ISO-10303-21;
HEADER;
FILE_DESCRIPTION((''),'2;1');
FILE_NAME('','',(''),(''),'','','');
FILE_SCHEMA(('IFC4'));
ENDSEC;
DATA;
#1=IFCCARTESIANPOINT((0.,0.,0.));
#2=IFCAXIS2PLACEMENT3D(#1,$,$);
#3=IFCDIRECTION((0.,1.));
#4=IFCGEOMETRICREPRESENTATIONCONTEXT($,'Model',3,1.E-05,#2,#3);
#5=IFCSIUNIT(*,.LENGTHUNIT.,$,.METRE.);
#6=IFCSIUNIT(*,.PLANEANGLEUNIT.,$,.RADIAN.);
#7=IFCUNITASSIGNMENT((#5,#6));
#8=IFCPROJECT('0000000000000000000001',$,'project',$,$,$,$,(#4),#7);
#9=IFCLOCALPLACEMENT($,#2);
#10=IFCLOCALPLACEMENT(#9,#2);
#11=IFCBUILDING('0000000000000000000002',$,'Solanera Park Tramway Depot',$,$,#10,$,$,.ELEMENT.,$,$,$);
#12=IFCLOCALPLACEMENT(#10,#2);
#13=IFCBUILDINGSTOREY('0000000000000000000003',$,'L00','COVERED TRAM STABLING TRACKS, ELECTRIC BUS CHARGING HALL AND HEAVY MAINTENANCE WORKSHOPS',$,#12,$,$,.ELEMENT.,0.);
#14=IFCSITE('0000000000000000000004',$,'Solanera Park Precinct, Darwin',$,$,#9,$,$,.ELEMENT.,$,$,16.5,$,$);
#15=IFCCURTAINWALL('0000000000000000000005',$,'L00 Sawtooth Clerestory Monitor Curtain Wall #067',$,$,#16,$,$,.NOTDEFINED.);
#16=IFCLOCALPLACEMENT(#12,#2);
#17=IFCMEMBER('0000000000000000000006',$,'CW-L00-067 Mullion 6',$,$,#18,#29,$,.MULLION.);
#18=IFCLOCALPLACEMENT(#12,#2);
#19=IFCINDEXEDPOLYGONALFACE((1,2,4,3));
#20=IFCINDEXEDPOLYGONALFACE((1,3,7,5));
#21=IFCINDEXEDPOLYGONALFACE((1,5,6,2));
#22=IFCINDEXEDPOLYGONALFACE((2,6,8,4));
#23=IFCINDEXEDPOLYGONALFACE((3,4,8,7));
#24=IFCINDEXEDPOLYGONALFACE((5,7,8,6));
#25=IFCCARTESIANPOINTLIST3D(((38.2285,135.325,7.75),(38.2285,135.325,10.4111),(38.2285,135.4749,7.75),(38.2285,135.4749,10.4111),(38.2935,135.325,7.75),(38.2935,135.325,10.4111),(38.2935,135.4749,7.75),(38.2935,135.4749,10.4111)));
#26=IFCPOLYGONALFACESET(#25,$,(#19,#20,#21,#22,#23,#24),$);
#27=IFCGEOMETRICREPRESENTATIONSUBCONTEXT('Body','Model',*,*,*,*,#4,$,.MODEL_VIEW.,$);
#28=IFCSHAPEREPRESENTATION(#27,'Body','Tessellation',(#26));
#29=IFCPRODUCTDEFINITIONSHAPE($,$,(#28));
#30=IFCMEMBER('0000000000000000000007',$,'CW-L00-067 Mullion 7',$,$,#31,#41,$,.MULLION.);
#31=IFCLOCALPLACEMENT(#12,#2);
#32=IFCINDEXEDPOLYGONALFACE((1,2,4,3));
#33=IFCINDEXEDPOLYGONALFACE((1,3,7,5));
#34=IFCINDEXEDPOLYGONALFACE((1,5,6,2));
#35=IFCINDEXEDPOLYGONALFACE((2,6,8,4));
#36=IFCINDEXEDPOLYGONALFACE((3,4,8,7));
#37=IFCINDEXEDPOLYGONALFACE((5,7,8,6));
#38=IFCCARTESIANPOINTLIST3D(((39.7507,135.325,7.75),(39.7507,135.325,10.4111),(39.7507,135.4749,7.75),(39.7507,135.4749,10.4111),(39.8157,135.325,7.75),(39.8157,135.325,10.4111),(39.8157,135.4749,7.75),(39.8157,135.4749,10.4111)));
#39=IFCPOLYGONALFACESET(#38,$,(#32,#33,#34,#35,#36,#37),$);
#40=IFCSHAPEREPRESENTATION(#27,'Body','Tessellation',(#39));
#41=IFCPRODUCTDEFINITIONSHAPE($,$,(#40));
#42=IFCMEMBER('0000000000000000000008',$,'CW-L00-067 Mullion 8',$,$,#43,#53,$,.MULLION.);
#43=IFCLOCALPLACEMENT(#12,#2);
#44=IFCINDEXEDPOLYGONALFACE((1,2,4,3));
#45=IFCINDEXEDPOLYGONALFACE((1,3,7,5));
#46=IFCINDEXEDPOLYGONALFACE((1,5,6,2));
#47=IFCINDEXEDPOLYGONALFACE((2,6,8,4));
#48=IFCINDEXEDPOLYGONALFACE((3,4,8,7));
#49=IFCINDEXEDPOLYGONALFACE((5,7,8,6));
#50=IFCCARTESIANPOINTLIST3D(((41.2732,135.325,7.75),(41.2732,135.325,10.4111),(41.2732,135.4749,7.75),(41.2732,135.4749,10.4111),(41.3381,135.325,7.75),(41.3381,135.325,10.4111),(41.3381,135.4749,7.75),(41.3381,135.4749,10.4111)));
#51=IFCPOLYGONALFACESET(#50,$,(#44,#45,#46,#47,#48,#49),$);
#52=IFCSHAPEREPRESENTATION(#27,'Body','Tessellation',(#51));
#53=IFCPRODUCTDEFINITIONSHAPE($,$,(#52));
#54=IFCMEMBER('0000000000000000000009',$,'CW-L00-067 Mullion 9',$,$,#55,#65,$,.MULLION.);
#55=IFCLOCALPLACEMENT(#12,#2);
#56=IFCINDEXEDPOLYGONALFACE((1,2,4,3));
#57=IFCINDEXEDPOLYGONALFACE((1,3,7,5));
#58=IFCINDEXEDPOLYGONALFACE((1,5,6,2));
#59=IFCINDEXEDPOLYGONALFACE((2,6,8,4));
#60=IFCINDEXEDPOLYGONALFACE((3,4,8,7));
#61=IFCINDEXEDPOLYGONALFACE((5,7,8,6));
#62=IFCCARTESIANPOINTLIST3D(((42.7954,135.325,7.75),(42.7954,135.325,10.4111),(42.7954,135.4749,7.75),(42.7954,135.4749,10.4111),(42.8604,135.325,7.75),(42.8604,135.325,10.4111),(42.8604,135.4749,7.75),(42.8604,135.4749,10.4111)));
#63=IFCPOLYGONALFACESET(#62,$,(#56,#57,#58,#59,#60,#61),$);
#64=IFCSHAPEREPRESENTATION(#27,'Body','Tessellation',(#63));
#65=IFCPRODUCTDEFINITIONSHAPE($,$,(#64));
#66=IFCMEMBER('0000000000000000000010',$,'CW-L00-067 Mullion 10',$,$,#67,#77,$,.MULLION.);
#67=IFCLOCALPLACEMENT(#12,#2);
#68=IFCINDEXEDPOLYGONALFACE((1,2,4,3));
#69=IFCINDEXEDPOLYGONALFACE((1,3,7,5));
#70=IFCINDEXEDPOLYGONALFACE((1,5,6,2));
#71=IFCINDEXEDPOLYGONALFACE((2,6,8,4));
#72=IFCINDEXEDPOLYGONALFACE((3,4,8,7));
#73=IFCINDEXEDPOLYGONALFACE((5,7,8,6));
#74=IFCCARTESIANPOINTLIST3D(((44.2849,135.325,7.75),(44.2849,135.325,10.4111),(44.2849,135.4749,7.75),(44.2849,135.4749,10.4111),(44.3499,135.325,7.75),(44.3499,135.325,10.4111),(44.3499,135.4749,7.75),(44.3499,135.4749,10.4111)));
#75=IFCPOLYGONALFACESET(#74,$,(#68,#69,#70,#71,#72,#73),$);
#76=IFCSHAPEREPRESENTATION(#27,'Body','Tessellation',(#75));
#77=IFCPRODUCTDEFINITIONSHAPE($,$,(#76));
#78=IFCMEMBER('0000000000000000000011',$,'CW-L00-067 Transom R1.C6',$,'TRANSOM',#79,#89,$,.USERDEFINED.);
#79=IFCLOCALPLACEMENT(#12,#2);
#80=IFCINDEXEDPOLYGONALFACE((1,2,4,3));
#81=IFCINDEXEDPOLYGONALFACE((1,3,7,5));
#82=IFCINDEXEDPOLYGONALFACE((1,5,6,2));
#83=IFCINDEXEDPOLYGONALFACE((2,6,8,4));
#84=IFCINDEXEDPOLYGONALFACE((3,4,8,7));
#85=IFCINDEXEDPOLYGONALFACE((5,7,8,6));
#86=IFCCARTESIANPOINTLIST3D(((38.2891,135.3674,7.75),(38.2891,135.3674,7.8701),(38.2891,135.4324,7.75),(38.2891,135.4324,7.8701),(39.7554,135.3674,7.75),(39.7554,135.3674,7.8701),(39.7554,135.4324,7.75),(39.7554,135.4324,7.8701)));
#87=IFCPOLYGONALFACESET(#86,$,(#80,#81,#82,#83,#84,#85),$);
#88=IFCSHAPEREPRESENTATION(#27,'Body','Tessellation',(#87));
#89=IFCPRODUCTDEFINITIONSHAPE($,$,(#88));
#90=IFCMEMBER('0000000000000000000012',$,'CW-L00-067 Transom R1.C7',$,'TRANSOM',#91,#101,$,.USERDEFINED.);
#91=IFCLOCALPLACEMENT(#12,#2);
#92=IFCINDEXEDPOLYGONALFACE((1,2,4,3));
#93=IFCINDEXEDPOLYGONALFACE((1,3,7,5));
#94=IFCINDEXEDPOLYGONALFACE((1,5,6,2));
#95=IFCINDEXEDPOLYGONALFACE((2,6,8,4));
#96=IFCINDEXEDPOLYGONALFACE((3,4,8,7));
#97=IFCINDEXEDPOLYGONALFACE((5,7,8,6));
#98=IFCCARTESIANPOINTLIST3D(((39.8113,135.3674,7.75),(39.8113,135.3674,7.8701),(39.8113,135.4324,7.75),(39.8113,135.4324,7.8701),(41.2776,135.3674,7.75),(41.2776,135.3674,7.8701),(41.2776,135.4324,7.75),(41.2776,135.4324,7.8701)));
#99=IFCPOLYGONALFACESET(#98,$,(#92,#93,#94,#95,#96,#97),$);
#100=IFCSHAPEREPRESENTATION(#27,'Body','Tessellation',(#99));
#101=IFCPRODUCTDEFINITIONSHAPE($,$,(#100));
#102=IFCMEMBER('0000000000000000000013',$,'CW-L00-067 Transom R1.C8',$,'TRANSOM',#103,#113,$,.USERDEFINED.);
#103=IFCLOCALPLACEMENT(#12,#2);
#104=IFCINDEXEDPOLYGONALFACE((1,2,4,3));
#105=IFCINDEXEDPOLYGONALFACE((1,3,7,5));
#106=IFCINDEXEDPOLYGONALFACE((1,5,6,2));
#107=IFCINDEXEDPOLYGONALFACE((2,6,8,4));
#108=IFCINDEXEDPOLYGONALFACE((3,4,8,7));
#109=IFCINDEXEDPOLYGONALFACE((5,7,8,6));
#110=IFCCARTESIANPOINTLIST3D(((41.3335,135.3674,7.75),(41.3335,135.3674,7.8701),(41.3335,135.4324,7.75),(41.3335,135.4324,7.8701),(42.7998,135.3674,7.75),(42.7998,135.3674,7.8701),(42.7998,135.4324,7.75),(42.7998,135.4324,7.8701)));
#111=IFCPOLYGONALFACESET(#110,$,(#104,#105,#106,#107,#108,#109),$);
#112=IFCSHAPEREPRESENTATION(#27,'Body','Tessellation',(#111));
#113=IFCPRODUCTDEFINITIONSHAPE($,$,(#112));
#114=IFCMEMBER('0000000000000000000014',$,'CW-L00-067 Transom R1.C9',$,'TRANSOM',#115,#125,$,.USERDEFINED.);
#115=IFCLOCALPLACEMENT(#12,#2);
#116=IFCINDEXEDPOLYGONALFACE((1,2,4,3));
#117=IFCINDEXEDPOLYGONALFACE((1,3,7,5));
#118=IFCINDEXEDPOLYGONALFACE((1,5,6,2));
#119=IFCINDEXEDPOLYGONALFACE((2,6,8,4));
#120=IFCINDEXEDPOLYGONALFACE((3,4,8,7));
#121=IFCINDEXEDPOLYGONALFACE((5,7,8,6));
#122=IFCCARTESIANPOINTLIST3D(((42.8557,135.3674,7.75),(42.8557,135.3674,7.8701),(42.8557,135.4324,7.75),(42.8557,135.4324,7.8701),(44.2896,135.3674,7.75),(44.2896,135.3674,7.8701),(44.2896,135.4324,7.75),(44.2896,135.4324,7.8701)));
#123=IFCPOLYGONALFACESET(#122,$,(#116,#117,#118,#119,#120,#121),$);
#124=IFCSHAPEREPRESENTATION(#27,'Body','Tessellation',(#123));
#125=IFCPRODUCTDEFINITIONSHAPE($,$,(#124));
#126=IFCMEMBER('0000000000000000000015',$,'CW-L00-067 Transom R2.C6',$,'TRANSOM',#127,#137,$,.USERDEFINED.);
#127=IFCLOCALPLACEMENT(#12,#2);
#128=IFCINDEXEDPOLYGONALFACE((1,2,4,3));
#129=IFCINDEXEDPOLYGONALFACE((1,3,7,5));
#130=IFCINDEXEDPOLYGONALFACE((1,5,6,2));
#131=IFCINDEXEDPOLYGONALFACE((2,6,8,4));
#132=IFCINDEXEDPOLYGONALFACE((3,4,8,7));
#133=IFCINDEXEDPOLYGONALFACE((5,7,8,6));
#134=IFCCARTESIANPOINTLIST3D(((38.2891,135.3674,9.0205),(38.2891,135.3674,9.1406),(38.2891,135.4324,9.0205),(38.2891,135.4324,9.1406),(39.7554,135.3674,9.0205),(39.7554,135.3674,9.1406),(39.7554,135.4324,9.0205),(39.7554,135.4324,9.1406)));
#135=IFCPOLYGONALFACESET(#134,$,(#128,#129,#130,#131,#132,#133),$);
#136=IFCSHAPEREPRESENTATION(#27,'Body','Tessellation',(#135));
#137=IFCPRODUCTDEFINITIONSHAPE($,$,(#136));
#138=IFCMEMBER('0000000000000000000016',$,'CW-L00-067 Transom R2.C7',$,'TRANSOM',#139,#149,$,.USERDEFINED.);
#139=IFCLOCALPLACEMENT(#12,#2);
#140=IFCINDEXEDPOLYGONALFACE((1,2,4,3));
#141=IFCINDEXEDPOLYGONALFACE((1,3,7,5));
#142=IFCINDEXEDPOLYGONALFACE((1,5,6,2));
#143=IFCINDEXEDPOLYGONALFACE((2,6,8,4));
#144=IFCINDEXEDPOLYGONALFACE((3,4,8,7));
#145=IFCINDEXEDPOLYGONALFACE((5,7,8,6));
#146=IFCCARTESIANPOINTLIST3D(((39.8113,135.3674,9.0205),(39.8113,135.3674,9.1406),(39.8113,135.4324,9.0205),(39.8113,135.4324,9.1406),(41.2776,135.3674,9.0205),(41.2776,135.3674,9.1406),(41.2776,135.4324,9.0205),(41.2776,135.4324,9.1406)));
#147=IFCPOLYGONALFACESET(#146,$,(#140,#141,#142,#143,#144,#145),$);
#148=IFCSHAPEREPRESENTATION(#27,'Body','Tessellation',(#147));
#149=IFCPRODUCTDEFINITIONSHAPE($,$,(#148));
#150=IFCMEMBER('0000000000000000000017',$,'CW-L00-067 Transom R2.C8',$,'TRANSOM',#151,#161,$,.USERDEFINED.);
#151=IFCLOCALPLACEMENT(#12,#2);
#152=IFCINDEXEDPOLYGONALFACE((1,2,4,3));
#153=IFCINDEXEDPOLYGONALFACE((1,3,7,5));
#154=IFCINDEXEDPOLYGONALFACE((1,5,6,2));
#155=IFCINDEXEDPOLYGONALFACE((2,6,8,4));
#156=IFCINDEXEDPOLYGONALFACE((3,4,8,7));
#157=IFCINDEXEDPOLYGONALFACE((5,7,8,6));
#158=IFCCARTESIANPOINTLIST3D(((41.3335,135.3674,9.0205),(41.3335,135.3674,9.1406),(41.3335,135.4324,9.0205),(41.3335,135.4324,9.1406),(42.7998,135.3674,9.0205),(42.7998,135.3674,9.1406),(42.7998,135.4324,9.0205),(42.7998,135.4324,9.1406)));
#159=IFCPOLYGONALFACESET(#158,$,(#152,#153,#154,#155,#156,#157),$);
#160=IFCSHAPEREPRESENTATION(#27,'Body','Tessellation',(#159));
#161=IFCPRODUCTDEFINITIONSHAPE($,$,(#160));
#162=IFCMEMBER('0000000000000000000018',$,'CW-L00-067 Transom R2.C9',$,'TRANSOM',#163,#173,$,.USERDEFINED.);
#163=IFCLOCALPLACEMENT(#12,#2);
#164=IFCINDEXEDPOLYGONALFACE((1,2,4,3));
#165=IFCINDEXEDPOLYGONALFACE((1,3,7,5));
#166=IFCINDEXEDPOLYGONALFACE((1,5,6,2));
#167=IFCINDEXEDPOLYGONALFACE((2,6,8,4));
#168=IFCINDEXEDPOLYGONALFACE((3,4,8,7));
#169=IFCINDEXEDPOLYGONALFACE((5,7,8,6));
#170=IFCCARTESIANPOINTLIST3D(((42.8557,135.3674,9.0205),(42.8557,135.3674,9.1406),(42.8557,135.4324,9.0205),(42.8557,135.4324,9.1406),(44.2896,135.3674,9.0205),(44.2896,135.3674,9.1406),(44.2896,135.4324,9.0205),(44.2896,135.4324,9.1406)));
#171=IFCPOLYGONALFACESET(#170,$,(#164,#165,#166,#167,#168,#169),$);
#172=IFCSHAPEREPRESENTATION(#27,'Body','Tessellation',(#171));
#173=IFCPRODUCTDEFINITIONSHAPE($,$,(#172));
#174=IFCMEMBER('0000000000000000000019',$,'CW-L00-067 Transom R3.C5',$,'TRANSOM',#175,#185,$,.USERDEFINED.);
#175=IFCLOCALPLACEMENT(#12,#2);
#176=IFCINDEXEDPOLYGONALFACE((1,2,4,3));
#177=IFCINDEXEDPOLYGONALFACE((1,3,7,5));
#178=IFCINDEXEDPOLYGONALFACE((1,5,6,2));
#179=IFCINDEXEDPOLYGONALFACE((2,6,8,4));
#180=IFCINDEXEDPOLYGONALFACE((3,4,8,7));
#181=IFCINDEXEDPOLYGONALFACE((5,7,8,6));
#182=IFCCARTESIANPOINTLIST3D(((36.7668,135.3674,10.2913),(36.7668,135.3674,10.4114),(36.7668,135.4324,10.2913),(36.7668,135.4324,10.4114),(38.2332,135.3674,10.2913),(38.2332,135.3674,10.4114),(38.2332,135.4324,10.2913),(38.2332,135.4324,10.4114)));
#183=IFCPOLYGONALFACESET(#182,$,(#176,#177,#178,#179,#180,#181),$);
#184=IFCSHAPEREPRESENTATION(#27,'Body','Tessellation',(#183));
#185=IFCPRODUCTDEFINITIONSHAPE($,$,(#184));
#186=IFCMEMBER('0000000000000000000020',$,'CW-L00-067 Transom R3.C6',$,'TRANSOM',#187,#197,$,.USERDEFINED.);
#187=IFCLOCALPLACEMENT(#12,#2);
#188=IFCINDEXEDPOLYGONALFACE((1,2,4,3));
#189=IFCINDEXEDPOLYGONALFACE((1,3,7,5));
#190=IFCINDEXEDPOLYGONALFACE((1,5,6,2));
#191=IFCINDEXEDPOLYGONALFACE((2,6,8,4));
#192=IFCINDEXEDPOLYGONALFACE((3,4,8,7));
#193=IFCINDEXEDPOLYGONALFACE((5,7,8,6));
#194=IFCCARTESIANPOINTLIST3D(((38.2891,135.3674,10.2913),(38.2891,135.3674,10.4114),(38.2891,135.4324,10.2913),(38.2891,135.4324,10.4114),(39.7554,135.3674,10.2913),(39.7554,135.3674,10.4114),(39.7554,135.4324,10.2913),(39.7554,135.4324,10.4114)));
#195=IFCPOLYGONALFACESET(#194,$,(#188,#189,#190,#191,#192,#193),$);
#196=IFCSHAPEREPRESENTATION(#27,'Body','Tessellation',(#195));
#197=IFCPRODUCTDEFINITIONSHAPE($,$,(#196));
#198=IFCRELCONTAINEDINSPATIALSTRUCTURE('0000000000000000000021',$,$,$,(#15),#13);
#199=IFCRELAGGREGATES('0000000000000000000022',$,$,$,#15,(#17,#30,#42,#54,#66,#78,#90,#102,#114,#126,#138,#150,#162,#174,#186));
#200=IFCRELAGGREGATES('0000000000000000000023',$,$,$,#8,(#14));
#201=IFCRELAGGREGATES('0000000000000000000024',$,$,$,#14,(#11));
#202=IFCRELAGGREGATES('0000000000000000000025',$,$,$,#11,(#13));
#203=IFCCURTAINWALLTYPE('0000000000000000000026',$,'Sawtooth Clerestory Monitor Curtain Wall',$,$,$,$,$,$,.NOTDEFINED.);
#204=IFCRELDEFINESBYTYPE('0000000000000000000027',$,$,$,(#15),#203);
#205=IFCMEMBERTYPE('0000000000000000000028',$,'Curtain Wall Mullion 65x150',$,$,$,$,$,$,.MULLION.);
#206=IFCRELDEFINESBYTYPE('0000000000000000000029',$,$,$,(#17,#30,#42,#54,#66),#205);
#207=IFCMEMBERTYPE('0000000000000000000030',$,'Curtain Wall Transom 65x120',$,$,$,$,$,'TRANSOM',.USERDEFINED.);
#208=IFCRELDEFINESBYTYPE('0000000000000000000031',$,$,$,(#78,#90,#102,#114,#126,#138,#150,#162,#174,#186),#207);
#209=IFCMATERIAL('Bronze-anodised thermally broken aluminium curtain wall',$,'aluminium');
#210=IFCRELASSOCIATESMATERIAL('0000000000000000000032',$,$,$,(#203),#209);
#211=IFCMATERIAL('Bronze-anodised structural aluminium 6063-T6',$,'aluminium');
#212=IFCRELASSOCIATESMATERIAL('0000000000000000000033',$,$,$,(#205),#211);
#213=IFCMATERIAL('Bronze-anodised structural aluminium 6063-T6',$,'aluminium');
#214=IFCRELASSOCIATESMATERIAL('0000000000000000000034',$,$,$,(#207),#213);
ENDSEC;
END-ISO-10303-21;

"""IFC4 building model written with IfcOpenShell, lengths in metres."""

from ifc_helpers import new_model, si_unit, direction, frame, origin, origin_2d, place, context, subcontext, project, spatial, rectangle, extrude, material, material_profile, profile_set, type_object, element, aggregate, save


model = new_model("IFC4")

# Units and contexts
model_context = context("Model", 3, precision=1e-05, world=origin(), true_north=direction((0.0, 1.0)))
body_context = subcontext(model_context, "Body", "Model", "MODEL_VIEW")
ifc_project = project(units=[si_unit("LENGTHUNIT", "METRE"), si_unit("PLANEANGLEUNIT", "RADIAN")], contexts=[model_context])

# Site, building, storey
site_placement = place(None, origin())
site = spatial("IfcSite", under=ifc_project, at=site_placement, Name="Solanera Park Precinct, Darwin", CompositionType="ELEMENT", RefElevation=16.5)
building_placement = place(site_placement, origin())
building = spatial("IfcBuilding", under=site, at=building_placement, Name="Solanera Park Tramway Depot", CompositionType="ELEMENT")
storey_placement = place(building_placement, origin())
storey = spatial("IfcBuildingStorey", under=building, at=storey_placement, Name="L00", Description="COVERED TRAM STABLING TRACKS, ELECTRIC BUS CHARGING HALL AND HEAVY MAINTENANCE WORKSHOPS", CompositionType="ELEMENT", Elevation=0.0)

# Curtain wall, members
ifc_material_1 = material(Name="Bronze-anodised thermally broken aluminium curtain wall", Category="aluminium")
curtain_wall_type = type_object("IfcCurtainWallType", Name="Sawtooth Clerestory Monitor Curtain Wall", PredefinedType="NOTDEFINED", material=ifc_material_1)
curtain_wall_placement = place(storey_placement, origin())
curtain_wall = element("IfcCurtainWall", 1, at=curtain_wall_placement, inside=storey, type_object=curtain_wall_type, Name="L00 Sawtooth Clerestory Monitor Curtain Wall #067", PredefinedType="NOTDEFINED")
ifc_material_2 = material(Name="Bronze-anodised structural aluminium 6063-T6", Category="aluminium")
ifc_material_profile_1 = material_profile(ifc_material_2, rectangle(XDim=0.0649, YDim=0.1499, at=origin_2d()), Name="Curtain Wall Mullion 65x150")
ifc_profile_set_1 = profile_set([ifc_material_profile_1], Name="Bronze-anodised structural aluminium 6063-T6")
member_type_1 = type_object("IfcMemberType", Name="Curtain Wall Mullion 65x150", PredefinedType="MULLION", material=ifc_profile_set_1)
member_1_placement = place(storey_placement, frame((38.261, 135.3999, 7.75), z_axis=(0.0, 0.0, 1.0), x_axis=(1.0, 0.0, 0.0)))
member_1 = element("IfcMember", 2, at=member_1_placement, type_object=member_type_1, Name="CW-L00-067 Mullion 6", PredefinedType="MULLION", context=body_context, shape_type="SweptSolid", body=[
    extrude(rectangle(XDim=0.0649, YDim=0.1499, at=origin_2d()), origin(), (0.0, 0.0, 1.0), 2.6611),
])
member_2_placement = place(storey_placement, frame((39.7832, 135.3999, 7.75), z_axis=(0.0, 0.0, 1.0), x_axis=(1.0, 0.0, 0.0)))
member_2 = element("IfcMember", 3, at=member_2_placement, type_object=member_type_1, Name="CW-L00-067 Mullion 7", PredefinedType="MULLION", context=body_context, shape_type="SweptSolid", body=[
    extrude(rectangle(XDim=0.0649, YDim=0.1499, at=origin_2d()), origin(), (0.0, 0.0, 1.0), 2.6611),
])
member_3_placement = place(storey_placement, frame((41.3057, 135.3999, 7.75), z_axis=(0.0, 0.0, 1.0), x_axis=(1.0, 0.0, 0.0)))
member_3 = element("IfcMember", 4, at=member_3_placement, type_object=member_type_1, Name="CW-L00-067 Mullion 8", PredefinedType="MULLION", context=body_context, shape_type="SweptSolid", body=[
    extrude(rectangle(XDim=0.0649, YDim=0.1499, at=origin_2d()), origin(), (0.0, 0.0, 1.0), 2.6611),
])
member_4_placement = place(storey_placement, frame((42.8279, 135.3999, 7.75), z_axis=(0.0, 0.0, 1.0), x_axis=(1.0, 0.0, 0.0)))
member_4 = element("IfcMember", 5, at=member_4_placement, type_object=member_type_1, Name="CW-L00-067 Mullion 9", PredefinedType="MULLION", context=body_context, shape_type="SweptSolid", body=[
    extrude(rectangle(XDim=0.0649, YDim=0.1499, at=origin_2d()), origin(), (0.0, 0.0, 1.0), 2.6611),
])
member_5_placement = place(storey_placement, frame((44.3174, 135.3999, 7.75), z_axis=(0.0, 0.0, 1.0), x_axis=(1.0, 0.0, 0.0)))
member_5 = element("IfcMember", 6, at=member_5_placement, type_object=member_type_1, Name="CW-L00-067 Mullion 10", PredefinedType="MULLION", context=body_context, shape_type="SweptSolid", body=[
    extrude(rectangle(XDim=0.0649, YDim=0.1499, at=origin_2d()), origin(), (0.0, 0.0, 1.0), 2.6611),
])
ifc_material_3 = material(Name="Bronze-anodised structural aluminium 6063-T6", Category="aluminium")
ifc_material_profile_2 = material_profile(ifc_material_3, rectangle(XDim=0.0649, YDim=0.1201, at=origin_2d()), Name="Curtain Wall Transom 65x120")
ifc_profile_set_2 = profile_set([ifc_material_profile_2], Name="Bronze-anodised structural aluminium 6063-T6")
member_type_2 = type_object("IfcMemberType", Name="Curtain Wall Transom 65x120", ElementType="TRANSOM", PredefinedType="USERDEFINED", material=ifc_profile_set_2)
member_6_placement = place(storey_placement, frame((38.2891, 135.3999, 7.8101), z_axis=(1.0, 0.0, 0.0), x_axis=(0.0, 1.0, 0.0)))
member_6 = element("IfcMember", 7, at=member_6_placement, type_object=member_type_2, Name="CW-L00-067 Transom R1.C6", ObjectType="TRANSOM", PredefinedType="USERDEFINED", context=body_context, shape_type="SweptSolid", body=[
    extrude(rectangle(XDim=0.0649, YDim=0.1201, at=origin_2d()), origin(), (0.0, 0.0, 1.0), 1.4663),
])
member_7_placement = place(storey_placement, frame((39.8113, 135.3999, 7.8101), z_axis=(1.0, 0.0, 0.0), x_axis=(0.0, 1.0, 0.0)))
member_7 = element("IfcMember", 8, at=member_7_placement, type_object=member_type_2, Name="CW-L00-067 Transom R1.C7", ObjectType="TRANSOM", PredefinedType="USERDEFINED", context=body_context, shape_type="SweptSolid", body=[
    extrude(rectangle(XDim=0.0649, YDim=0.1201, at=origin_2d()), origin(), (0.0, 0.0, 1.0), 1.4663),
])
member_8_placement = place(storey_placement, frame((41.3335, 135.3999, 7.8101), z_axis=(1.0, 0.0, 0.0), x_axis=(0.0, 1.0, 0.0)))
member_8 = element("IfcMember", 9, at=member_8_placement, type_object=member_type_2, Name="CW-L00-067 Transom R1.C8", ObjectType="TRANSOM", PredefinedType="USERDEFINED", context=body_context, shape_type="SweptSolid", body=[
    extrude(rectangle(XDim=0.0649, YDim=0.1201, at=origin_2d()), origin(), (0.0, 0.0, 1.0), 1.4663),
])
member_9_placement = place(storey_placement, frame((42.8557, 135.3999, 7.8101), z_axis=(1.0, 0.0, 0.0), x_axis=(0.0, 1.0, 0.0)))
member_9 = element("IfcMember", 10, at=member_9_placement, type_object=member_type_2, Name="CW-L00-067 Transom R1.C9", ObjectType="TRANSOM", PredefinedType="USERDEFINED", context=body_context, shape_type="SweptSolid", body=[
    extrude(rectangle(XDim=0.0649, YDim=0.1201, at=origin_2d()), origin(), (0.0, 0.0, 1.0), 1.4338),
])
member_10_placement = place(storey_placement, frame((38.2891, 135.3999, 9.0806), z_axis=(1.0, 0.0, 0.0), x_axis=(0.0, 1.0, 0.0)))
member_10 = element("IfcMember", 11, at=member_10_placement, type_object=member_type_2, Name="CW-L00-067 Transom R2.C6", ObjectType="TRANSOM", PredefinedType="USERDEFINED", context=body_context, shape_type="SweptSolid", body=[
    extrude(rectangle(XDim=0.0649, YDim=0.1201, at=origin_2d()), origin(), (0.0, 0.0, 1.0), 1.4663),
])
member_11_placement = place(storey_placement, frame((39.8113, 135.3999, 9.0806), z_axis=(1.0, 0.0, 0.0), x_axis=(0.0, 1.0, 0.0)))
member_11 = element("IfcMember", 12, at=member_11_placement, type_object=member_type_2, Name="CW-L00-067 Transom R2.C7", ObjectType="TRANSOM", PredefinedType="USERDEFINED", context=body_context, shape_type="SweptSolid", body=[
    extrude(rectangle(XDim=0.0649, YDim=0.1201, at=origin_2d()), origin(), (0.0, 0.0, 1.0), 1.4663),
])
member_12_placement = place(storey_placement, frame((41.3335, 135.3999, 9.0806), z_axis=(1.0, 0.0, 0.0), x_axis=(0.0, 1.0, 0.0)))
member_12 = element("IfcMember", 13, at=member_12_placement, type_object=member_type_2, Name="CW-L00-067 Transom R2.C8", ObjectType="TRANSOM", PredefinedType="USERDEFINED", context=body_context, shape_type="SweptSolid", body=[
    extrude(rectangle(XDim=0.0649, YDim=0.1201, at=origin_2d()), origin(), (0.0, 0.0, 1.0), 1.4663),
])
member_13_placement = place(storey_placement, frame((42.8557, 135.3999, 9.0806), z_axis=(1.0, 0.0, 0.0), x_axis=(0.0, 1.0, 0.0)))
member_13 = element("IfcMember", 14, at=member_13_placement, type_object=member_type_2, Name="CW-L00-067 Transom R2.C9", ObjectType="TRANSOM", PredefinedType="USERDEFINED", context=body_context, shape_type="SweptSolid", body=[
    extrude(rectangle(XDim=0.0649, YDim=0.1201, at=origin_2d()), origin(), (0.0, 0.0, 1.0), 1.4338),
])
member_14_placement = place(storey_placement, frame((36.7668, 135.3999, 10.3513), z_axis=(1.0, 0.0, 0.0), x_axis=(0.0, 1.0, 0.0)))
member_14 = element("IfcMember", 15, at=member_14_placement, type_object=member_type_2, Name="CW-L00-067 Transom R3.C5", ObjectType="TRANSOM", PredefinedType="USERDEFINED", context=body_context, shape_type="SweptSolid", body=[
    extrude(rectangle(XDim=0.0649, YDim=0.1201, at=origin_2d()), origin(), (0.0, 0.0, 1.0), 1.4663),
])
member_15_placement = place(storey_placement, frame((38.2891, 135.3999, 10.3513), z_axis=(1.0, 0.0, 0.0), x_axis=(0.0, 1.0, 0.0)))
member_15 = element("IfcMember", 16, at=member_15_placement, type_object=member_type_2, Name="CW-L00-067 Transom R3.C6", ObjectType="TRANSOM", PredefinedType="USERDEFINED", context=body_context, shape_type="SweptSolid", body=[
    extrude(rectangle(XDim=0.0649, YDim=0.1201, at=origin_2d()), origin(), (0.0, 0.0, 1.0), 1.4663),
])
aggregate(curtain_wall, [member_1, member_2, member_3, member_4, member_5, member_6, member_7, member_8, member_9, member_10, member_11, member_12, member_13, member_14, member_15])

save(model, "model.ifc")
